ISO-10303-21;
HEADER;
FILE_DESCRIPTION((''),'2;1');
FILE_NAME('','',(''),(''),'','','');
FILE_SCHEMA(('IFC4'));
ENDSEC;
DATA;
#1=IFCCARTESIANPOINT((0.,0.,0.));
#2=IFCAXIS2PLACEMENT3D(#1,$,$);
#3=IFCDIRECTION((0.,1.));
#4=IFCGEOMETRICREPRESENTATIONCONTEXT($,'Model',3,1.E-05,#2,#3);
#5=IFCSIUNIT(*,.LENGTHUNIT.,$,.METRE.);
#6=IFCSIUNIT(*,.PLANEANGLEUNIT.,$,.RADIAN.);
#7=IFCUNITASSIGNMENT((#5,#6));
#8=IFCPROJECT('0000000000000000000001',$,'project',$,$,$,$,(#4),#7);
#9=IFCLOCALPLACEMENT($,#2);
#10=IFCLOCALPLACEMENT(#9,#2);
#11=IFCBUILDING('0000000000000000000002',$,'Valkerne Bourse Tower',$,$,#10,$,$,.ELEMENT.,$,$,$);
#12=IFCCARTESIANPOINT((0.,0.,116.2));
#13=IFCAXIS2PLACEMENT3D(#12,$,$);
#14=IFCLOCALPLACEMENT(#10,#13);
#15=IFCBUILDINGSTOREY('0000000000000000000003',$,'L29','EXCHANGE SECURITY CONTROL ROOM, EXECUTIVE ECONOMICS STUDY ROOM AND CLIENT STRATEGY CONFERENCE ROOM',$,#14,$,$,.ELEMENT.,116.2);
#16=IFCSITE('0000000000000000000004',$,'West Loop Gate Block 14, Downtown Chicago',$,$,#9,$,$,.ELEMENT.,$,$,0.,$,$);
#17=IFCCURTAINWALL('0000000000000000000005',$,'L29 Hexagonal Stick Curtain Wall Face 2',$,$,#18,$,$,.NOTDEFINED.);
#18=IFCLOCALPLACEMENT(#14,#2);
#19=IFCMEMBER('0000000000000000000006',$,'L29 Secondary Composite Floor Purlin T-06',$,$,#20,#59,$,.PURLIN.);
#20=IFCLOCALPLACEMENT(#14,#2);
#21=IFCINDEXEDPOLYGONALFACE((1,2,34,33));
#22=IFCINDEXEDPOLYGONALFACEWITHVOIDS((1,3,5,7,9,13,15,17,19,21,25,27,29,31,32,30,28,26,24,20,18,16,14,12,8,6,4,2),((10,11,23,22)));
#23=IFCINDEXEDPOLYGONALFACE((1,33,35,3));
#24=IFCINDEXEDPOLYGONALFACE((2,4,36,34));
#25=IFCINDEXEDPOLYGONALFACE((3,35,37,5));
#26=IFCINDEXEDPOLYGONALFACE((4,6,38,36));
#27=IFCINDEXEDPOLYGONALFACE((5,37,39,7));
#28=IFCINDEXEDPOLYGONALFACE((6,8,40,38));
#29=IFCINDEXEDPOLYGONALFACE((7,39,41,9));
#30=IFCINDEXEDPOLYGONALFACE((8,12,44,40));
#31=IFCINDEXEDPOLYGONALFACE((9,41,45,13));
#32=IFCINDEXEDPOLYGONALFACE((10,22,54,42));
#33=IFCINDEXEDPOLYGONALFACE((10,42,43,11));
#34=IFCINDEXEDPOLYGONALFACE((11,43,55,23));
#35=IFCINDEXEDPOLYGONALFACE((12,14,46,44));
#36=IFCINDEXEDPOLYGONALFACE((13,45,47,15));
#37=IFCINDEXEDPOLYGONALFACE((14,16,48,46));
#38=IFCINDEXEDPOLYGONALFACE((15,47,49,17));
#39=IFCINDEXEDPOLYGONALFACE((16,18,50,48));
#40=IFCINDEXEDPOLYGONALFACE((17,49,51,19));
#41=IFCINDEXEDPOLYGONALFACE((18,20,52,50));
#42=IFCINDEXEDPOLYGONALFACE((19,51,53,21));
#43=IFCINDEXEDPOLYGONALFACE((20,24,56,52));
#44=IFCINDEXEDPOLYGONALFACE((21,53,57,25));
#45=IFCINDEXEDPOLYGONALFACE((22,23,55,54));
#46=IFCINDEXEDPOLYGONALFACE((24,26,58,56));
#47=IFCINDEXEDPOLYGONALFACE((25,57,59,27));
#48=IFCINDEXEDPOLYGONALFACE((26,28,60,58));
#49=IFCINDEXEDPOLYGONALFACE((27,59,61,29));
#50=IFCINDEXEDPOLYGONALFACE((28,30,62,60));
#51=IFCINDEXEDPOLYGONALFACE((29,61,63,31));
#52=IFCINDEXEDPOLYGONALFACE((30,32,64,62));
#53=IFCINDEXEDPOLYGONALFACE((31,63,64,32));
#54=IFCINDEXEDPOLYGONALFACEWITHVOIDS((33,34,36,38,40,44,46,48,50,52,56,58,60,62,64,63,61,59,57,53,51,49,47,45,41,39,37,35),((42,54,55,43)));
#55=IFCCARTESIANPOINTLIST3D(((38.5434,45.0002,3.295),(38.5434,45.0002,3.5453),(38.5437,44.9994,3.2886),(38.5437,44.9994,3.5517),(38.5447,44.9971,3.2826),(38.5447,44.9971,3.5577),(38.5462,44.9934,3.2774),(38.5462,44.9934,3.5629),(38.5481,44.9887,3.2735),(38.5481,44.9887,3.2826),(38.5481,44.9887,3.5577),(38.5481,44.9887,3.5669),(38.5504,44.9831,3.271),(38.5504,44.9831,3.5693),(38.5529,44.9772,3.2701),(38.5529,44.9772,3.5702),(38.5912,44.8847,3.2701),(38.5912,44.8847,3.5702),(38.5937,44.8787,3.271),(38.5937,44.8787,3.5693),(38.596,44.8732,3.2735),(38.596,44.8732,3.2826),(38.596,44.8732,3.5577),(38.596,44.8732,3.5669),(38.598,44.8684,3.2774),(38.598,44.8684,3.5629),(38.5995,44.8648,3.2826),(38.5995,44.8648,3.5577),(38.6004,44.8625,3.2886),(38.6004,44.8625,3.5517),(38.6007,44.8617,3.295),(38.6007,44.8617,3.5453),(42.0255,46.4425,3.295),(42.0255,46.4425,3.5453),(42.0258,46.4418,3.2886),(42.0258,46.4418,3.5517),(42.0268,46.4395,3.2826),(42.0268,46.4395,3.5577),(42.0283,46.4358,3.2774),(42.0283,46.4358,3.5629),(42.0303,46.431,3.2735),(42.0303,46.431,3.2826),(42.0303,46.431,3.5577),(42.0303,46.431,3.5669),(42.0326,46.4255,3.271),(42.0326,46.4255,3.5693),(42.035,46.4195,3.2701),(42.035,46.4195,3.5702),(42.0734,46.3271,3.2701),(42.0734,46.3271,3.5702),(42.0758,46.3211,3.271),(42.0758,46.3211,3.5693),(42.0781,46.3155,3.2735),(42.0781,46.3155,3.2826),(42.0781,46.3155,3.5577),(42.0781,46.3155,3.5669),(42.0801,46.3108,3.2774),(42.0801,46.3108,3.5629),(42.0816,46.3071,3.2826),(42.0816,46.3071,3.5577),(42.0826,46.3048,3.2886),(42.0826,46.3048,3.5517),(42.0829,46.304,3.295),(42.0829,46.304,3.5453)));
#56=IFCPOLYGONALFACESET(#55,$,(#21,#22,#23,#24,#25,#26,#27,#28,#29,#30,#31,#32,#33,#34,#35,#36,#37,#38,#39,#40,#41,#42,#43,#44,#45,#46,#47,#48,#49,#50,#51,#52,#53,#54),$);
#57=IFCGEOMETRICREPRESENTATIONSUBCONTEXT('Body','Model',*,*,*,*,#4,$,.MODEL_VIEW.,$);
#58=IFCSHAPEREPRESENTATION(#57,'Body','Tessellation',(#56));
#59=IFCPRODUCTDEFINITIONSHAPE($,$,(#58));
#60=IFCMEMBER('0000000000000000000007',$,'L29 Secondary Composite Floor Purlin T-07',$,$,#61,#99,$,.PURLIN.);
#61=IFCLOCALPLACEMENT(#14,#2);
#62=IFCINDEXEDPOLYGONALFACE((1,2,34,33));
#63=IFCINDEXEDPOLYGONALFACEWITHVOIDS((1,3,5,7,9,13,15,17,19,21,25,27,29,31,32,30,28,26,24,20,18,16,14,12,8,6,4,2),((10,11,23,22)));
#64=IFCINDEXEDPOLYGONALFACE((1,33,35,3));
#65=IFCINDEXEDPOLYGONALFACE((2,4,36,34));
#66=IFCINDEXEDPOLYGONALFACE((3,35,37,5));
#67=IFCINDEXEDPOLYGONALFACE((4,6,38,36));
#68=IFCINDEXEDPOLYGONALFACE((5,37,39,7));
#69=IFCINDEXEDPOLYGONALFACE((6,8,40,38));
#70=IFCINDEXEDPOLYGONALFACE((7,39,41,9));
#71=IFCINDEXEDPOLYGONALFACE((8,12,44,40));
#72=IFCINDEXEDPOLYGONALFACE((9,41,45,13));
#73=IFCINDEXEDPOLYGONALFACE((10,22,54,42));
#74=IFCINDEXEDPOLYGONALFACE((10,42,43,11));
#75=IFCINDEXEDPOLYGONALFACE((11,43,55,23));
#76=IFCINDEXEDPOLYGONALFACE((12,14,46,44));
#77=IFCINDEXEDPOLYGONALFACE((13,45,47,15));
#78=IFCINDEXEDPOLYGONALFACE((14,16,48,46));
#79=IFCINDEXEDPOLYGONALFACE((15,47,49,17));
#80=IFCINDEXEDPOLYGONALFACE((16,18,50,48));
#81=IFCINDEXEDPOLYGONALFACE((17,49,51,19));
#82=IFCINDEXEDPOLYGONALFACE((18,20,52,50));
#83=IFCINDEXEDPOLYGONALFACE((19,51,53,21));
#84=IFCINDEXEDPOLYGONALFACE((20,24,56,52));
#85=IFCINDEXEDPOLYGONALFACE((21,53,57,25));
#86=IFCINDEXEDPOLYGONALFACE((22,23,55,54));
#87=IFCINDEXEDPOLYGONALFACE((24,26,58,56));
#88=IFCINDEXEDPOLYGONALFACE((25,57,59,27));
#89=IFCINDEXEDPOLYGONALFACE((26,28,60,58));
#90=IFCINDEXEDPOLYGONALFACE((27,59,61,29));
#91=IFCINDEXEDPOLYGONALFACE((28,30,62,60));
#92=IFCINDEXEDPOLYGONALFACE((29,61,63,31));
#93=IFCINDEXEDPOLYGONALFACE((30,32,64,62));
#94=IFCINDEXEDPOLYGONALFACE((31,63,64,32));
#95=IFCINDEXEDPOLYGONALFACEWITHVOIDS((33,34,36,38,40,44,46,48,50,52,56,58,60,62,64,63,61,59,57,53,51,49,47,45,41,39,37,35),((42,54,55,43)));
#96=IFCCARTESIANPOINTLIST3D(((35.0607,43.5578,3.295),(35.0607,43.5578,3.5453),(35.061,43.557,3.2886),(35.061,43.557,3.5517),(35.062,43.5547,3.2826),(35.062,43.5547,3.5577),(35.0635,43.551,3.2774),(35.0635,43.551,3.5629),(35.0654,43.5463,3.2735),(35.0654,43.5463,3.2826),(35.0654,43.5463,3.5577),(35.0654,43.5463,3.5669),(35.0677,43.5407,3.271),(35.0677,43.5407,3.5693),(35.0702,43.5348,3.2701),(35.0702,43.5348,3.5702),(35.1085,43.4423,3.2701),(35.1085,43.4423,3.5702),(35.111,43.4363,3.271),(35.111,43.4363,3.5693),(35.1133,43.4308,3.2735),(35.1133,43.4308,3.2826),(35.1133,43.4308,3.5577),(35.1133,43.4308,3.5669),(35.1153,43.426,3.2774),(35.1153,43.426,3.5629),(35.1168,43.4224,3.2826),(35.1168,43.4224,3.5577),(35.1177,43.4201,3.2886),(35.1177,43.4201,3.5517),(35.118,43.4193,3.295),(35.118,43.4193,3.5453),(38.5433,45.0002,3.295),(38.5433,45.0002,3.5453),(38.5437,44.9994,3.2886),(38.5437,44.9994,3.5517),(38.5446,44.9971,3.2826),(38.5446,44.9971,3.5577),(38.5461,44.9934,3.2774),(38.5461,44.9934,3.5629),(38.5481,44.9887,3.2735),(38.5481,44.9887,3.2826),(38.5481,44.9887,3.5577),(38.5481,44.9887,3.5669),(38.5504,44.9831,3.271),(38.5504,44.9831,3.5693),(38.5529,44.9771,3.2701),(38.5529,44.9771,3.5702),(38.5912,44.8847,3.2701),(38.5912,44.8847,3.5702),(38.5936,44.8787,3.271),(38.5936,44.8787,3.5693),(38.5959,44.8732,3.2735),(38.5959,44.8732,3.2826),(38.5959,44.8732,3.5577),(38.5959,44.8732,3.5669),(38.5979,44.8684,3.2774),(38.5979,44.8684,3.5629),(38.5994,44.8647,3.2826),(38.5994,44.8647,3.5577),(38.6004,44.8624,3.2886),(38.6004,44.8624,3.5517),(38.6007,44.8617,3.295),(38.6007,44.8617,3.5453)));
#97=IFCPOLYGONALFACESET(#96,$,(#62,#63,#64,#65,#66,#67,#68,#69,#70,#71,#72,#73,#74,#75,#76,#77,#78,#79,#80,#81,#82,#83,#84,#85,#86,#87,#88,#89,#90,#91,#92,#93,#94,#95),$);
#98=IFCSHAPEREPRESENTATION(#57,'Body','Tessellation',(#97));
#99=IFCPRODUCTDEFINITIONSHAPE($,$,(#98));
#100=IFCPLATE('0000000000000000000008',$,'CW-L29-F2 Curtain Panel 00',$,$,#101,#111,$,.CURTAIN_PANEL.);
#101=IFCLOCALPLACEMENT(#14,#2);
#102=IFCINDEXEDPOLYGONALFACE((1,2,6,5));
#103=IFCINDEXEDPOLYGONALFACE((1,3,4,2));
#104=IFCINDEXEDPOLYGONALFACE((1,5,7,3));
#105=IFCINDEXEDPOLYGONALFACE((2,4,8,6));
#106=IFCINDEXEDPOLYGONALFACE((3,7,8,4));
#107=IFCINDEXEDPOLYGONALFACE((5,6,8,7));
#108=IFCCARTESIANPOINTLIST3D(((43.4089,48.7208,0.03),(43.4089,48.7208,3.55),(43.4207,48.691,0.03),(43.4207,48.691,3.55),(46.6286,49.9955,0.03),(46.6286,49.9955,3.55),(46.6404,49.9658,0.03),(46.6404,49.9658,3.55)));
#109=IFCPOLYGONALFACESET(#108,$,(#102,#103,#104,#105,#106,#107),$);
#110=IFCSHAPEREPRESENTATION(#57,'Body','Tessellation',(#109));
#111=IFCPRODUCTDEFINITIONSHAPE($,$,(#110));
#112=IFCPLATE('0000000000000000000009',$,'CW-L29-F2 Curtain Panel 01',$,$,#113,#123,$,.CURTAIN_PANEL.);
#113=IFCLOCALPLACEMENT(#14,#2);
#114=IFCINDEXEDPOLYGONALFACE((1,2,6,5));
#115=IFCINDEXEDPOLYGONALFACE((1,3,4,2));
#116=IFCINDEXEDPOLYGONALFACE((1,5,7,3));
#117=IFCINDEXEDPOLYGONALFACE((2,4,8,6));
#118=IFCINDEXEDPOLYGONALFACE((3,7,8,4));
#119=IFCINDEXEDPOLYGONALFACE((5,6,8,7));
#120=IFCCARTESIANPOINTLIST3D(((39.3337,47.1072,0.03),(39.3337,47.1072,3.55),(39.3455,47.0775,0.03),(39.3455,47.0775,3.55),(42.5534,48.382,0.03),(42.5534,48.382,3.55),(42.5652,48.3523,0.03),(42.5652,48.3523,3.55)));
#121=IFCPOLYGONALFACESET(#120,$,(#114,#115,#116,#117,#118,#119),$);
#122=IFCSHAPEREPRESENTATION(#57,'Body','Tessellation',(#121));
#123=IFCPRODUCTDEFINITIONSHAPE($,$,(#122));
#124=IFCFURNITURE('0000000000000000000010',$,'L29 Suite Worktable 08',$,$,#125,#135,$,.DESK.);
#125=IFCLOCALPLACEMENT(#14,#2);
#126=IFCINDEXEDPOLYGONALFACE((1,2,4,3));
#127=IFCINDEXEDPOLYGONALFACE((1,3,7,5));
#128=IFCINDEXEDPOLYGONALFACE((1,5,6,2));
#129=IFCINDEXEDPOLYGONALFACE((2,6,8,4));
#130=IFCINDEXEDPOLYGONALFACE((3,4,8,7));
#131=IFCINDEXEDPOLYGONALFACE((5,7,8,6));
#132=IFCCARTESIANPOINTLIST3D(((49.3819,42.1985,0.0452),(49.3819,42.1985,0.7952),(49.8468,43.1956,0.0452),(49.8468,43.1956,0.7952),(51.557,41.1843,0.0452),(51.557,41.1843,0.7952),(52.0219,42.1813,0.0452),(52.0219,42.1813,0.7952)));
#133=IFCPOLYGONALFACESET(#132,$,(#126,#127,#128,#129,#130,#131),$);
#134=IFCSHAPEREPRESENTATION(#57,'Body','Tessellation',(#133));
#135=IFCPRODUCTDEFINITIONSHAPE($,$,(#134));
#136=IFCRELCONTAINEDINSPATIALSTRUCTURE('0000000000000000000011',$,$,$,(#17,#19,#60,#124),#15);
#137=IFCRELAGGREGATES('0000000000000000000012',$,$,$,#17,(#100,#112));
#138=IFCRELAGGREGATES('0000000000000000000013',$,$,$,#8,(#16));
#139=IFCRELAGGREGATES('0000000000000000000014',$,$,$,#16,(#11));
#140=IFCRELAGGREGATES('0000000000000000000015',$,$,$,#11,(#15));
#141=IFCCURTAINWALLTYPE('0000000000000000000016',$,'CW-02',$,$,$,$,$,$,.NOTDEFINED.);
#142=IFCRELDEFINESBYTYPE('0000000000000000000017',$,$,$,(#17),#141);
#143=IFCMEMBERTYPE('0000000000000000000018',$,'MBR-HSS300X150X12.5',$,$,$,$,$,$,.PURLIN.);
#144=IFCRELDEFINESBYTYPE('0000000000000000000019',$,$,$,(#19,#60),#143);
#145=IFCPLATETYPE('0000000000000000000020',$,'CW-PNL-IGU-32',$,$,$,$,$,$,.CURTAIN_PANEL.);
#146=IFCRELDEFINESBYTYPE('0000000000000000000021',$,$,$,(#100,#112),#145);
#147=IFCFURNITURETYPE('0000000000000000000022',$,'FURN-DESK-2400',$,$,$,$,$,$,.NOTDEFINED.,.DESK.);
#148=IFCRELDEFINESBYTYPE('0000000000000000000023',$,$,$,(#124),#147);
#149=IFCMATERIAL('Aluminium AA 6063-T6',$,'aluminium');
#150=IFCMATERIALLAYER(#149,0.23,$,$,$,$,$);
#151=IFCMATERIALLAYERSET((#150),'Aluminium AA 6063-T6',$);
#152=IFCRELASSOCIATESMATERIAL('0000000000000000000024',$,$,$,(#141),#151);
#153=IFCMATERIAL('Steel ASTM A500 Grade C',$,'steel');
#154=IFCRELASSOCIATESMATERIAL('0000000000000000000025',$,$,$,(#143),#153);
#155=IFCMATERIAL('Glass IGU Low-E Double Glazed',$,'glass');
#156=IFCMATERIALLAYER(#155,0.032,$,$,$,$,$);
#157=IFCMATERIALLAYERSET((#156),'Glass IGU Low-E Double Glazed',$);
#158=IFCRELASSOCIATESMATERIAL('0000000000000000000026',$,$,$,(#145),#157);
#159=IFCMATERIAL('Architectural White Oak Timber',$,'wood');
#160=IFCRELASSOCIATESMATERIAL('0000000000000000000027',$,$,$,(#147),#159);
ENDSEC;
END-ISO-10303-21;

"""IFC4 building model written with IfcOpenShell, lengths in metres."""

from ifc_helpers import new_model, si_unit, direction, frame, origin, origin_2d, place, context, subcontext, project, spatial, rectangle, hollow_rectangle, extrude, material, layer, layer_set, material_profile, profile_set, type_object, element, aggregate, save


model = new_model("IFC4")

# Units and contexts
model_context = context("Model", 3, precision=1e-05, world=origin(), true_north=direction((0.0, 1.0)))
body_context = subcontext(model_context, "Body", "Model", "MODEL_VIEW")
ifc_project = project(units=[si_unit("LENGTHUNIT", "METRE"), si_unit("PLANEANGLEUNIT", "RADIAN")], contexts=[model_context])

# Site, building, storey
site_placement = place(None, origin())
site = spatial("IfcSite", under=ifc_project, at=site_placement, Name="West Loop Gate Block 14, Downtown Chicago", CompositionType="ELEMENT", RefElevation=0.0)
building_placement = place(site_placement, origin())
building = spatial("IfcBuilding", under=site, at=building_placement, Name="Valkerne Bourse Tower", CompositionType="ELEMENT")
storey_placement = place(building_placement, frame((0.0, 0.0, 116.2)))
storey = spatial("IfcBuildingStorey", under=building, at=storey_placement, Name="L29", Description="EXCHANGE SECURITY CONTROL ROOM, EXECUTIVE ECONOMICS STUDY ROOM AND CLIENT STRATEGY CONFERENCE ROOM", CompositionType="ELEMENT", Elevation=116.2)

# Curtain wall
ifc_material_1 = material(Name="Aluminium AA 6063-T6", Category="aluminium")
ifc_layer_1 = layer(ifc_material_1, 0.23)
ifc_layer_set_1 = layer_set([ifc_layer_1], Name="Aluminium AA 6063-T6")
curtain_wall_type = type_object("IfcCurtainWallType", Name="CW-02", PredefinedType="NOTDEFINED", material=ifc_layer_set_1)
curtain_wall_placement = place(storey_placement, origin())
curtain_wall = element("IfcCurtainWall", 1, at=curtain_wall_placement, inside=storey, type_object=curtain_wall_type, Name="L29 Hexagonal Stick Curtain Wall Face 2", PredefinedType="NOTDEFINED")

# Members
ifc_material_2 = material(Name="Steel ASTM A500 Grade C", Category="steel")
ifc_material_profile_1 = material_profile(ifc_material_2, hollow_rectangle(XDim=0.1499, YDim=0.3, WallThickness=0.0125, OuterFilletRadius=0.0249, at=origin_2d()), Name="HSS300X150X12.5")
ifc_profile_set_1 = profile_set([ifc_material_profile_1], Name="Steel ASTM A500 Grade C")
member_type_1 = type_object("IfcMemberType", Name="MBR-HSS300X150X12.5", PredefinedType="PURLIN", material=ifc_profile_set_1)
member_1_placement = place(storey_placement, frame((42.0542, 46.3733, 3.4202), z_axis=(-0.923878, -0.382687, 0.0), x_axis=(0.382687, -0.923878, 0.0)))
element("IfcMember", 2, at=member_1_placement, inside=storey, type_object=member_type_1, Name="L29 Secondary Composite Floor Purlin T-06", PredefinedType="PURLIN", context=body_context, shape_type="SweptSolid", body=[
    extrude(hollow_rectangle(XDim=0.1499, YDim=0.3, WallThickness=0.0125, OuterFilletRadius=0.0249, at=origin_2d()), origin(), (0.0, 0.0, 1.0), 3.769),
])
member_2_placement = place(storey_placement, frame((38.572, 44.9309, 3.4202), z_axis=(-0.923897, -0.382642, 0.0), x_axis=(0.382642, -0.923897, 0.0)))
element("IfcMember", 3, at=member_2_placement, inside=storey, type_object=member_type_1, Name="L29 Secondary Composite Floor Purlin T-07", PredefinedType="PURLIN", context=body_context, shape_type="SweptSolid", body=[
    extrude(hollow_rectangle(XDim=0.1499, YDim=0.3, WallThickness=0.0125, OuterFilletRadius=0.0249, at=origin_2d()), origin(), (0.0, 0.0, 1.0), 3.7695),
])

# Plates
ifc_material_3 = material(Name="Glass IGU Low-E Double Glazed", Category="glass")
ifc_layer_2 = layer(ifc_material_3, 0.032)
ifc_layer_set_2 = layer_set([ifc_layer_2], Name="Glass IGU Low-E Double Glazed")
plate_type = type_object("IfcPlateType", Name="CW-PNL-IGU-32", PredefinedType="CURTAIN_PANEL", material=ifc_layer_set_2)
plate_1_placement = place(storey_placement, frame((45.0247, 49.3433, 0.03), z_axis=(0.0, 0.0, 1.0), x_axis=(-0.929783, -0.368108, 0.0)))
plate_1 = element("IfcPlate", 4, at=plate_1_placement, type_object=plate_type, Name="CW-L29-F2 Curtain Panel 00", PredefinedType="CURTAIN_PANEL", context=body_context, shape_type="SweptSolid", body=[
    extrude(rectangle(XDim=3.4629, YDim=0.032, at=origin_2d()), origin(), (0.0, 0.0, 1.0), 3.52),
])
plate_2_placement = place(storey_placement, frame((40.9495, 47.7297, 0.03), z_axis=(0.0, 0.0, 1.0), x_axis=(-0.929775, -0.368127, 0.0)))
plate_2 = element("IfcPlate", 5, at=plate_2_placement, type_object=plate_type, Name="CW-L29-F2 Curtain Panel 01", PredefinedType="CURTAIN_PANEL", context=body_context, shape_type="SweptSolid", body=[
    extrude(rectangle(XDim=3.4629, YDim=0.032, at=origin_2d()), origin(), (0.0, 0.0, 1.0), 3.52),
])
aggregate(curtain_wall, [plate_1, plate_2])

# Furniture
ifc_material_4 = material(Name="Architectural White Oak Timber", Category="wood")
furniture_type = type_object("IfcFurnitureType", Name="FURN-DESK-2400", AssemblyPlace="NOTDEFINED", PredefinedType="DESK", material=ifc_material_4)
furniture_placement = place(storey_placement, frame((50.7019, 42.1899, 0.0452), z_axis=(0.0, 0.0, 1.0), x_axis=(-0.906308, 0.422618, 0.0)))
element("IfcFurniture", 6, at=furniture_placement, inside=storey, type_object=furniture_type, Name="L29 Suite Worktable 08", PredefinedType="DESK", context=body_context, shape_type="SweptSolid", body=[
    extrude(rectangle(XDim=2.3999, YDim=1.1001, at=origin_2d()), origin(), (0.0, 0.0, 1.0), 0.75),
])

save(model, "model.ifc")
